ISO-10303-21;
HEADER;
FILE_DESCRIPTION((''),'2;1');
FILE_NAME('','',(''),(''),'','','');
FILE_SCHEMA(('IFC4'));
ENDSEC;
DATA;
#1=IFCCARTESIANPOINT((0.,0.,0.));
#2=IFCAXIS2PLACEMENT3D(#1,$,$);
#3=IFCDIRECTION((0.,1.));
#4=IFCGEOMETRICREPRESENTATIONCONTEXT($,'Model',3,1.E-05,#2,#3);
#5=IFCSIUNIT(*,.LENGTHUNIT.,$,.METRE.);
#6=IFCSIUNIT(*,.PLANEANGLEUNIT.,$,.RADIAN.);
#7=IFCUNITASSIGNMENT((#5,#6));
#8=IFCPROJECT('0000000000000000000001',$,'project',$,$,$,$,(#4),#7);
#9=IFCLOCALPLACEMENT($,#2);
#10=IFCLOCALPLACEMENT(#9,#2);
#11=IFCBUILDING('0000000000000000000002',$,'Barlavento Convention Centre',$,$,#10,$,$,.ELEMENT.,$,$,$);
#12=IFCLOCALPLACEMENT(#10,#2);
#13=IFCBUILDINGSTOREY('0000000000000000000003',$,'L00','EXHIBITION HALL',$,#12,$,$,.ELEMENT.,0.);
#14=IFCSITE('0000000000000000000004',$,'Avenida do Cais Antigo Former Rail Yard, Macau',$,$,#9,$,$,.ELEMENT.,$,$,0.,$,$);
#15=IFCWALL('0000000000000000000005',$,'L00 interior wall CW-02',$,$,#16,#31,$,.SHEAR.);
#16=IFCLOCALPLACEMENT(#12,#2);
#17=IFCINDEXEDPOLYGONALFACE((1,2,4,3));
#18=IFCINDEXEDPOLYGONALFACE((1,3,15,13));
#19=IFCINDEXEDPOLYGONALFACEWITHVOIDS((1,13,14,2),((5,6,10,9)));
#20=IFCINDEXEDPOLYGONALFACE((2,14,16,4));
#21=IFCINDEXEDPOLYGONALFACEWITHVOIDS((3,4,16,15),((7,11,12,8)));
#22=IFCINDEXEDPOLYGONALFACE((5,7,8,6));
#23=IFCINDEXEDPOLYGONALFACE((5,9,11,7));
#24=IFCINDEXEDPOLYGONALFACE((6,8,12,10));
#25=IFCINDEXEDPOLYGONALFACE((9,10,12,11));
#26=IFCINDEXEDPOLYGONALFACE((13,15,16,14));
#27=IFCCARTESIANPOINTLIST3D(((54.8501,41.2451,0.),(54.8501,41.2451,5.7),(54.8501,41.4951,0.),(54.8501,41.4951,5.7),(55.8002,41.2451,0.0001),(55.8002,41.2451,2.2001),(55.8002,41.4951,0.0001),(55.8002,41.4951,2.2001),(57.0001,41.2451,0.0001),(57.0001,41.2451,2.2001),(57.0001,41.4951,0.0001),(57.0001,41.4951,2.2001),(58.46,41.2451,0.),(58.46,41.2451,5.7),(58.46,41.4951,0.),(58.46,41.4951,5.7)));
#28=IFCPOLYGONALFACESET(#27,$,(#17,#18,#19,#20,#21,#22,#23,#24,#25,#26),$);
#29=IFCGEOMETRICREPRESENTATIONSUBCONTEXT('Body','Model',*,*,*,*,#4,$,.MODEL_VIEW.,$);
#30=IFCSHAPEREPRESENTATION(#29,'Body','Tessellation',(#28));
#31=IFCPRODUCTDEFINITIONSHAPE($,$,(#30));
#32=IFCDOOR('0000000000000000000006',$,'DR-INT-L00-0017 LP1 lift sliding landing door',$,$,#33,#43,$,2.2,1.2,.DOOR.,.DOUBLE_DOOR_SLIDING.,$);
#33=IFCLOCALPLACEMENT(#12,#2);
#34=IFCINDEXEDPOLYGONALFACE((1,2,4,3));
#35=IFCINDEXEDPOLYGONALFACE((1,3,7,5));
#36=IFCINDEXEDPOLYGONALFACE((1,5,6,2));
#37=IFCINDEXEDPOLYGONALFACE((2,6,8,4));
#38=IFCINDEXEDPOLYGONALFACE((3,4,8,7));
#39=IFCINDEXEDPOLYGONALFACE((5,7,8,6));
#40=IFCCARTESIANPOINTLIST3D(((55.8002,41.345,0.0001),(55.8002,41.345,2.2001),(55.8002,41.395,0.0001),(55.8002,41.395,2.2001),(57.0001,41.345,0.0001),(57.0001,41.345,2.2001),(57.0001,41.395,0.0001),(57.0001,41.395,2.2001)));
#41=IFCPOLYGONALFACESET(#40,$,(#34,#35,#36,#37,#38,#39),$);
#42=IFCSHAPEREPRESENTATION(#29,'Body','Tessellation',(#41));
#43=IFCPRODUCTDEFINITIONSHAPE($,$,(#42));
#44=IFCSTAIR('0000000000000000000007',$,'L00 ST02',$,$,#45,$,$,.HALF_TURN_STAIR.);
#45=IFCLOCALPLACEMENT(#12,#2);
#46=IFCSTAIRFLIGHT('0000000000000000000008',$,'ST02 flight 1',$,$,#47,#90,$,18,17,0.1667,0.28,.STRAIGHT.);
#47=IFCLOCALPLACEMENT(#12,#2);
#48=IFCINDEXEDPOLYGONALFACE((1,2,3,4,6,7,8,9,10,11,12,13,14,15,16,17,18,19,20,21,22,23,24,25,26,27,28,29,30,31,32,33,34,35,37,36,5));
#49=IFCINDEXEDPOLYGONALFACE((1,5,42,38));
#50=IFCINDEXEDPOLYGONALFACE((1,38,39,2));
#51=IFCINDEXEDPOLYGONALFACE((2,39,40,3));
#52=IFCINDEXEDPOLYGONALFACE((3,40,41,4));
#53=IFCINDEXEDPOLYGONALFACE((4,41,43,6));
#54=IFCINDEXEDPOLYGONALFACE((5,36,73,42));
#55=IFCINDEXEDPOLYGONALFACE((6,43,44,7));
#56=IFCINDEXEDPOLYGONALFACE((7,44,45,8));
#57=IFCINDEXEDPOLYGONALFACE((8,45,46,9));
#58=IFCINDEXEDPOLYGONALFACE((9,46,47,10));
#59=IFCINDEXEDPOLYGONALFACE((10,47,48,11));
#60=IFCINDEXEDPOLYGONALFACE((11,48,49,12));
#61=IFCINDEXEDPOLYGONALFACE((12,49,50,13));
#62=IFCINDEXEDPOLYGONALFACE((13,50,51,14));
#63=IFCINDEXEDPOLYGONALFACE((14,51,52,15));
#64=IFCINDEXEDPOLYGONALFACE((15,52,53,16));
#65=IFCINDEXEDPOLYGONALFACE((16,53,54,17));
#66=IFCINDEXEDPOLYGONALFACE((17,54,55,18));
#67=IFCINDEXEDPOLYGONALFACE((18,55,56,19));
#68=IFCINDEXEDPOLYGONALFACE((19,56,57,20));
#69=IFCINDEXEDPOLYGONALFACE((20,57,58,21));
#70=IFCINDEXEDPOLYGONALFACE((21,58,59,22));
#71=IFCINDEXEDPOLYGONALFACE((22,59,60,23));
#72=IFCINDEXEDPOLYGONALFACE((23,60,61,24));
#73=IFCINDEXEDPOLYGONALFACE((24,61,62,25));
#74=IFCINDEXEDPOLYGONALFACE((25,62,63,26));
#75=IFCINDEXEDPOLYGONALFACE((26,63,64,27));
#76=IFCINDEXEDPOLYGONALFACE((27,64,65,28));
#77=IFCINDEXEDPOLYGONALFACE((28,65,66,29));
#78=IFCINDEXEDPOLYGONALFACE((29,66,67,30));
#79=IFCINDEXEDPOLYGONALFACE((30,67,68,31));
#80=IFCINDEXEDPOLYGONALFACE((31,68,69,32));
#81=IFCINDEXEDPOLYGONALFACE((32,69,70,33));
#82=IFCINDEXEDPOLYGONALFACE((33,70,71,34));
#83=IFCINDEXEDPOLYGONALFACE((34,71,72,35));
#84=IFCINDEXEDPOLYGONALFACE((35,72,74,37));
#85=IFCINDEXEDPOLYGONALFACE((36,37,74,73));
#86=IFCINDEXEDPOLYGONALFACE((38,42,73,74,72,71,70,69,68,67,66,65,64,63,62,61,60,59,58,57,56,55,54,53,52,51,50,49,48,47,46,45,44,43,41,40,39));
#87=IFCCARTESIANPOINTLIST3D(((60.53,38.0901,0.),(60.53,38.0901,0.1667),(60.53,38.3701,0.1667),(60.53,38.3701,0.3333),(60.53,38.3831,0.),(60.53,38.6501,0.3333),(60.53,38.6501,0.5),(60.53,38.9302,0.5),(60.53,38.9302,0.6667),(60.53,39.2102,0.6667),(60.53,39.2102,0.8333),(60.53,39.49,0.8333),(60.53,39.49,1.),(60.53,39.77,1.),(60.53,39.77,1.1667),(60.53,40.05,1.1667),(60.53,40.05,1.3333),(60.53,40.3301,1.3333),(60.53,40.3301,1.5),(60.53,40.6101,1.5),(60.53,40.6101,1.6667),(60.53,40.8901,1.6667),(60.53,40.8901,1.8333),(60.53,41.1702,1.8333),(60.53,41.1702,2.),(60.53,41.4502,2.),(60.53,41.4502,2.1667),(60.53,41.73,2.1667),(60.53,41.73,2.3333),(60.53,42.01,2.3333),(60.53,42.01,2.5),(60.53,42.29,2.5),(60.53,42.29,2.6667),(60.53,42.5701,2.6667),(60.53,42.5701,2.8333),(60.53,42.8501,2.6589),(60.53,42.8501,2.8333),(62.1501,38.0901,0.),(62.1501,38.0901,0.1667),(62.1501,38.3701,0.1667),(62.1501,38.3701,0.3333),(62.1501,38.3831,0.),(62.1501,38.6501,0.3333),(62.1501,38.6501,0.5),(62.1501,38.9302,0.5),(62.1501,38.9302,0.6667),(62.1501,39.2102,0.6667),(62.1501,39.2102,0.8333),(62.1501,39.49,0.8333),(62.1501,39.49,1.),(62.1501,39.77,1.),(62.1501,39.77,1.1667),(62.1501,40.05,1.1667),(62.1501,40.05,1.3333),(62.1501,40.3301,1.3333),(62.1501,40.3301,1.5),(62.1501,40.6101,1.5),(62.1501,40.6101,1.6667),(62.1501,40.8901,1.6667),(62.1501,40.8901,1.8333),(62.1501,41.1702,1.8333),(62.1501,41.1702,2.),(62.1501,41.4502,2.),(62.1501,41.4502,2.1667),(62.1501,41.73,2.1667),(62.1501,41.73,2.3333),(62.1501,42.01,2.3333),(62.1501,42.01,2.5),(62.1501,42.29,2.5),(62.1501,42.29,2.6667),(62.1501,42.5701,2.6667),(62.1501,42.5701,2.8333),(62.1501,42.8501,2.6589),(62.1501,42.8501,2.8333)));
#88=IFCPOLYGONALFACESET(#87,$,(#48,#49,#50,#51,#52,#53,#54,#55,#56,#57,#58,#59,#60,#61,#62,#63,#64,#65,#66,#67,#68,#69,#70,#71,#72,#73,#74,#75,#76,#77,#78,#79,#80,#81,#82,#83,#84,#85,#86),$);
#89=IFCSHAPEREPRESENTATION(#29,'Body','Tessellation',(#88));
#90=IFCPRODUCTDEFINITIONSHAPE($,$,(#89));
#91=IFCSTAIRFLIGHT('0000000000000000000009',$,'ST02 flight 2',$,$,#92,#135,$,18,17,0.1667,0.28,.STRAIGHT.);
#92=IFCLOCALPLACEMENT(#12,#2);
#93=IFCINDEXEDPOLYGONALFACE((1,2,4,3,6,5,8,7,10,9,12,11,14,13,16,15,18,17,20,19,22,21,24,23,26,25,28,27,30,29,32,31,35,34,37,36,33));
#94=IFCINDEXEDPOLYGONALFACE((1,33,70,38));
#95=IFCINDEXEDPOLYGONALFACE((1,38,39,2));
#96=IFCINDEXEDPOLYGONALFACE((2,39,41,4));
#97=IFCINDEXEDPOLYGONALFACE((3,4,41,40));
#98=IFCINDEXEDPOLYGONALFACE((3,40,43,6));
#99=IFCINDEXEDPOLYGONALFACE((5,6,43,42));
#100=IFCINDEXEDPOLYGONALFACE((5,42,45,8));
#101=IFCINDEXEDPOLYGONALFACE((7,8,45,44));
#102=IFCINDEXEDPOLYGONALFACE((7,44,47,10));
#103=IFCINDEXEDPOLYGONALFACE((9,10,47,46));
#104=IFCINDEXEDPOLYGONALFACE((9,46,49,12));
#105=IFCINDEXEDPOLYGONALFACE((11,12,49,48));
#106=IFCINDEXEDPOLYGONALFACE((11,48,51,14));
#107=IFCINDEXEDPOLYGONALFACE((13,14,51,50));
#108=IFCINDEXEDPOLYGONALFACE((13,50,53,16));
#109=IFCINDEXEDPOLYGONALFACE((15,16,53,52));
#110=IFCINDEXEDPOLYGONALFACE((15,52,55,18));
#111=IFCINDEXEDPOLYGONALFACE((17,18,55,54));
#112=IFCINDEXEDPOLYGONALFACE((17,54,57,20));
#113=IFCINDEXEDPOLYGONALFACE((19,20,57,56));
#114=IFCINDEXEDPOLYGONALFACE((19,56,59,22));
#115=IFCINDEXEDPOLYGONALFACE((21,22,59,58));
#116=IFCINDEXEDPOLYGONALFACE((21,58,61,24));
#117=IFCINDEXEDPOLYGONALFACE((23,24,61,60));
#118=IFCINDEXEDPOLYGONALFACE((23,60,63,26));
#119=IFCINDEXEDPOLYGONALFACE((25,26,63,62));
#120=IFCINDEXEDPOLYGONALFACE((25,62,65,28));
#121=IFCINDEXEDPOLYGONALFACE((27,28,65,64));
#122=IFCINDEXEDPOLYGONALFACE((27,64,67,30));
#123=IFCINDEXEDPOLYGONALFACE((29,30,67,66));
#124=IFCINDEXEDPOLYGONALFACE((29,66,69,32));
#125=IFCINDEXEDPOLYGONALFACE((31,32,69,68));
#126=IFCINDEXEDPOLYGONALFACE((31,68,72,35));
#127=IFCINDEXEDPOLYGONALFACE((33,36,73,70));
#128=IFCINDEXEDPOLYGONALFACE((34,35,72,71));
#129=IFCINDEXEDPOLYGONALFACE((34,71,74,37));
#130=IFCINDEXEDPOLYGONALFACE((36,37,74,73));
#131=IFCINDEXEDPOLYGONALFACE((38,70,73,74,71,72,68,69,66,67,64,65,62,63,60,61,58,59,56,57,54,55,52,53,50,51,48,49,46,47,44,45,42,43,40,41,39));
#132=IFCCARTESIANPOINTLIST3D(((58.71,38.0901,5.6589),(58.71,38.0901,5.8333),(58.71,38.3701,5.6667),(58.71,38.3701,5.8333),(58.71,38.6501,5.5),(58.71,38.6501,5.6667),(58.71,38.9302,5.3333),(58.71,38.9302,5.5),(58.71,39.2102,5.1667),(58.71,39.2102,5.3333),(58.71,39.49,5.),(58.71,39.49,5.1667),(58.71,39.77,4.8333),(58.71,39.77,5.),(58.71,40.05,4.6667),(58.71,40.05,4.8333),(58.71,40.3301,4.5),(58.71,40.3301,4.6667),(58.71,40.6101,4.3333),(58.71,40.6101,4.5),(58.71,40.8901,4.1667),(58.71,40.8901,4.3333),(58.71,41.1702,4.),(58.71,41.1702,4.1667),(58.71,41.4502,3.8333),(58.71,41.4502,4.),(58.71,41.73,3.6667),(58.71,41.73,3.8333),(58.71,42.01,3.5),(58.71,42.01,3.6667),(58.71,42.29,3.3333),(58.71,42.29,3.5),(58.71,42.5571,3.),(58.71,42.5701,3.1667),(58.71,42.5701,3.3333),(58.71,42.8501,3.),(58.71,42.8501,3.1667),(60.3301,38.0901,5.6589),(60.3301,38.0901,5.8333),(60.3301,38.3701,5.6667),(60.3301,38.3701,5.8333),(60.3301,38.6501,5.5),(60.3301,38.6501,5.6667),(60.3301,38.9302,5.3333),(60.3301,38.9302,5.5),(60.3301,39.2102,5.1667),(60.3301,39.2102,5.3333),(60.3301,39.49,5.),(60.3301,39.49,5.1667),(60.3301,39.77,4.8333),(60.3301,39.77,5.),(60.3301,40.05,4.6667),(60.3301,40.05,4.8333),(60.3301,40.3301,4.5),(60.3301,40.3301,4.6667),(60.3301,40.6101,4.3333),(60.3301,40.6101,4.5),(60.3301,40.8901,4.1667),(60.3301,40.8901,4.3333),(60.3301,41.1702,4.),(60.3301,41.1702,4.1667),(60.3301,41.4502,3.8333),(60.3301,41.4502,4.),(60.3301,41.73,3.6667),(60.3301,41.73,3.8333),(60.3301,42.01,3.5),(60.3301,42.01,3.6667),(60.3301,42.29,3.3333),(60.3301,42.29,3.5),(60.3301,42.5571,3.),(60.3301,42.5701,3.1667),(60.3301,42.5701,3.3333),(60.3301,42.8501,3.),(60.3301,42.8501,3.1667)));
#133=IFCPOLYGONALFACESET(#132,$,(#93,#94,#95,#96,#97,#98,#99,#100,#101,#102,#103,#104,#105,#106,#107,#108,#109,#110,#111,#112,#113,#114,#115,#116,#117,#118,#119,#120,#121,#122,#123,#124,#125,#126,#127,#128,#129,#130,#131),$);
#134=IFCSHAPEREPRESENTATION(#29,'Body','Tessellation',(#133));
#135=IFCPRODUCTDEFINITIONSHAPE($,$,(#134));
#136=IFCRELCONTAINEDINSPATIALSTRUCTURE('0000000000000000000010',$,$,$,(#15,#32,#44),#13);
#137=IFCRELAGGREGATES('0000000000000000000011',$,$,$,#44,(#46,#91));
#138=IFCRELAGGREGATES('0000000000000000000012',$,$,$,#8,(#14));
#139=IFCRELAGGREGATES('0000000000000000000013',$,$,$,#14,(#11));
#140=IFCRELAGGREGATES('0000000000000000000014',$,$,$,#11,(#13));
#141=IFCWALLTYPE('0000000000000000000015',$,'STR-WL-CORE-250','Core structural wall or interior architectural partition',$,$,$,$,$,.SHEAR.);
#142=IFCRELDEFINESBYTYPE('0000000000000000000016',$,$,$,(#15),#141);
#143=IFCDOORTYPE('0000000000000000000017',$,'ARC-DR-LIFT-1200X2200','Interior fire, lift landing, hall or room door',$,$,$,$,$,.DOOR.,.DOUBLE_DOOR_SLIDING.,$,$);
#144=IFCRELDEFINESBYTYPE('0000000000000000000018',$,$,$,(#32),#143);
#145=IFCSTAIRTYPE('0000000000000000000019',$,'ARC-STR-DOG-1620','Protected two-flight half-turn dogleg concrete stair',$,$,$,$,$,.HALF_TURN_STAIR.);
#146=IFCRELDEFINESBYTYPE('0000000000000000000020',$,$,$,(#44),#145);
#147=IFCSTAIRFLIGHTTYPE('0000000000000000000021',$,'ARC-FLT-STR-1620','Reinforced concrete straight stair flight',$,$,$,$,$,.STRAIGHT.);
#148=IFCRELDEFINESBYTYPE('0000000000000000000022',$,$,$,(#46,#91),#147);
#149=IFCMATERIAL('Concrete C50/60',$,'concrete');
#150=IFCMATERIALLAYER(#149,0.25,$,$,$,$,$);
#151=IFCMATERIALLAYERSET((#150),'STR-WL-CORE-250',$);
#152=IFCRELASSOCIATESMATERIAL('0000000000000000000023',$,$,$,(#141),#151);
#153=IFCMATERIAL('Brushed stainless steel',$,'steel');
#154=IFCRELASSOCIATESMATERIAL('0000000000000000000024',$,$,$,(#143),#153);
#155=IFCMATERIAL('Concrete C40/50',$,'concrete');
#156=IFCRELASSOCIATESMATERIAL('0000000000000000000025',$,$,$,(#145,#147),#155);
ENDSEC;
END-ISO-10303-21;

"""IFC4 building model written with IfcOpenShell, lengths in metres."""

from ifc_helpers import new_model, si_unit, direction, frame, frame_2d, origin, place, context, subcontext, project, spatial, polyline, rectangle, outline, extrude, material, layer, layer_set, type_object, element, fill, aggregate, save


model = new_model("IFC4")

# Units and contexts
model_context = context("Model", 3, precision=1e-05, world=origin(), true_north=direction((0.0, 1.0)))
body_context = subcontext(model_context, "Body", "Model", "MODEL_VIEW")
ifc_project = project(units=[si_unit("LENGTHUNIT", "METRE"), si_unit("PLANEANGLEUNIT", "RADIAN")], contexts=[model_context])

# Site, building, storey
site_placement = place(None, origin())
site = spatial("IfcSite", under=ifc_project, at=site_placement, Name="Avenida do Cais Antigo Former Rail Yard, Macau", CompositionType="ELEMENT", RefElevation=0.0)
building_placement = place(site_placement, origin())
building = spatial("IfcBuilding", under=site, at=building_placement, Name="Barlavento Convention Centre", CompositionType="ELEMENT")
storey_placement = place(building_placement, origin())
storey = spatial("IfcBuildingStorey", under=building, at=storey_placement, Name="L00", Description="EXHIBITION HALL", CompositionType="ELEMENT", Elevation=0.0)

# Shared definitions
ifc_material_1 = material(Name="Concrete C50/60", Category="concrete")
ifc_layer = layer(ifc_material_1, 0.25)
ifc_layer_set = layer_set([ifc_layer], Name="STR-WL-CORE-250")
wall_type = type_object("IfcWallType", Name="STR-WL-CORE-250", Description="Core structural wall or interior architectural partition", PredefinedType="SHEAR", material=ifc_layer_set)

# Wall, opening, door
wall_1_placement = place(storey_placement, frame((54.8501, 41.3701, 0.0), z_axis=(0.0, 0.0, 1.0), x_axis=(1.0, 0.0, 0.0)))
wall_1 = element("IfcWall", 1, at=wall_1_placement, inside=storey, type_object=wall_type, Name="L00 interior wall CW-02", PredefinedType="SHEAR", context=body_context, shape_type="SweptSolid", body=[
    extrude(rectangle(XDim=3.6099, YDim=0.25, at=frame_2d((1.8049, 0.0))), origin(), (0.0, 0.0, 1.0), 5.7),
])
opening_1_placement = place(wall_1_placement, frame((0.95, 0.0, 0.0)))
opening_1 = element("IfcOpeningElement", 2, at=opening_1_placement, cuts=wall_1, PredefinedType="OPENING", context=body_context, shape_type="SweptSolid", body=[
    extrude(rectangle(XDim=1.2, YDim=2.2, at=frame_2d((0.6001, 1.1001))), frame((0.0, 0.135, 0.0), z_axis=(0.0, -1.0, 0.0), x_axis=(1.0, 0.0, 0.0)), (0.0, 0.0, 1.0), 0.27),
])
ifc_material_2 = material(Name="Brushed stainless steel", Category="steel")
door_type_1 = type_object("IfcDoorType", Name="ARC-DR-LIFT-1200X2200", Description="Interior fire, lift landing, hall or room door", OperationType="DOUBLE_DOOR_SLIDING", PredefinedType="DOOR", material=ifc_material_2)
door_1_placement = place(opening_1_placement, origin())
door_1 = element("IfcDoor", 3, at=door_1_placement, inside=storey, type_object=door_type_1, Name="DR-INT-L00-0017 LP1 lift sliding landing door", OperationType="DOUBLE_DOOR_SLIDING", OverallHeight=2.2, OverallWidth=1.2, PredefinedType="DOOR", context=body_context, shape_type="SweptSolid", body=[
    extrude(rectangle(XDim=1.2, YDim=2.2, at=frame_2d((0.6001, 1.1001))), frame((0.0, 0.0249, 0.0), z_axis=(0.0, -1.0, 0.0), x_axis=(1.0, 0.0, 0.0)), (0.0, 0.0, 1.0), 0.05),
])
fill(opening_1, door_1)

# Stair, stair flights
ifc_material_3 = material(Name="Concrete C40/50", Category="concrete")
stair_type = type_object("IfcStairType", Name="ARC-STR-DOG-1620", Description="Protected two-flight half-turn dogleg concrete stair", PredefinedType="HALF_TURN_STAIR", material=ifc_material_3)
stair_placement = place(storey_placement, origin())
stair = element("IfcStair", 4, at=stair_placement, inside=storey, type_object=stair_type, Name="L00 ST02", PredefinedType="HALF_TURN_STAIR")
stair_flight_type = type_object("IfcStairFlightType", Name="ARC-FLT-STR-1620", Description="Reinforced concrete straight stair flight", PredefinedType="STRAIGHT", material=ifc_material_3)
stair_flight_1_placement = place(storey_placement, frame((61.3401, 38.0901, 0.0), z_axis=(0.0, 0.0, 1.0), x_axis=(0.0, 1.0, 0.0)))
stair_flight_1 = element("IfcStairFlight", 5, at=stair_flight_1_placement, type_object=stair_flight_type, Name="ST02 flight 1", NumberOfRisers=18, NumberOfTreads=17, PredefinedType="STRAIGHT", RiserHeight=0.1667, TreadLength=0.28, context=body_context, shape_type="SweptSolid", body=[
    extrude(outline(polyline([(0.0, 0.0), (0.0, 0.1667), (0.28, 0.1667), (0.28, 0.3333), (0.5601, 0.3333), (0.5601, 0.5), (0.8401, 0.5), (0.8401, 0.6667), (1.1201, 0.6667), (1.1201, 0.8333), (1.3999, 0.8333), (1.3999, 1.0), (1.6799, 1.0), (1.6799, 1.1667), (1.96, 1.1667), (1.96, 1.3333), (2.24, 1.3333), (2.24, 1.5), (2.52, 1.5), (2.52, 1.6667), (2.8, 1.6667), (2.8, 1.8333), (3.0801, 1.8333), (3.0801, 2.0), (3.3601, 2.0), (3.3601, 2.1667), (3.6399, 2.1667), (3.6399, 2.3333), (3.9199, 2.3333), (3.9199, 2.5), (4.2, 2.5), (4.2, 2.6667), (4.48, 2.6667), (4.48, 2.8333), (4.76, 2.8333), (4.76, 3.0), (4.76, 2.6589), (0.293, 0.0), (0.0, 0.0)])), frame((0.0, 0.8101, 0.0), z_axis=(0.0, -1.0, 0.0), x_axis=(1.0, 0.0, 0.0)), (0.0, 0.0, 1.0), 1.6201),
])
stair_flight_2_placement = place(storey_placement, frame((59.52, 42.8501, 3.0), z_axis=(0.0, 0.0, 1.0), x_axis=(0.0, -1.0, 0.0)))
stair_flight_2 = element("IfcStairFlight", 6, at=stair_flight_2_placement, type_object=stair_flight_type, Name="ST02 flight 2", NumberOfRisers=18, NumberOfTreads=17, PredefinedType="STRAIGHT", RiserHeight=0.1667, TreadLength=0.28, context=body_context, shape_type="SweptSolid", body=[
    extrude(outline(polyline([(0.0, 0.0), (0.0, 0.1667), (0.28, 0.1667), (0.28, 0.3333), (0.5601, 0.3333), (0.5601, 0.5), (0.8401, 0.5), (0.8401, 0.6667), (1.1201, 0.6667), (1.1201, 0.8333), (1.3999, 0.8333), (1.3999, 1.0), (1.6799, 1.0), (1.6799, 1.1667), (1.96, 1.1667), (1.96, 1.3333), (2.24, 1.3333), (2.24, 1.5), (2.52, 1.5), (2.52, 1.6667), (2.8, 1.6667), (2.8, 1.8333), (3.0801, 1.8333), (3.0801, 2.0), (3.3601, 2.0), (3.3601, 2.1667), (3.6399, 2.1667), (3.6399, 2.3333), (3.9199, 2.3333), (3.9199, 2.5), (4.2, 2.5), (4.2, 2.6667), (4.48, 2.6667), (4.48, 2.8333), (4.76, 2.8333), (4.76, 3.0), (4.76, 2.6589), (0.293, 0.0), (0.0, 0.0)])), frame((0.0, 0.8101, 0.0), z_axis=(0.0, -1.0, 0.0), x_axis=(1.0, 0.0, 0.0)), (0.0, 0.0, 1.0), 1.6201),
])
aggregate(stair, [stair_flight_1, stair_flight_2])

save(model, "model.ifc")
